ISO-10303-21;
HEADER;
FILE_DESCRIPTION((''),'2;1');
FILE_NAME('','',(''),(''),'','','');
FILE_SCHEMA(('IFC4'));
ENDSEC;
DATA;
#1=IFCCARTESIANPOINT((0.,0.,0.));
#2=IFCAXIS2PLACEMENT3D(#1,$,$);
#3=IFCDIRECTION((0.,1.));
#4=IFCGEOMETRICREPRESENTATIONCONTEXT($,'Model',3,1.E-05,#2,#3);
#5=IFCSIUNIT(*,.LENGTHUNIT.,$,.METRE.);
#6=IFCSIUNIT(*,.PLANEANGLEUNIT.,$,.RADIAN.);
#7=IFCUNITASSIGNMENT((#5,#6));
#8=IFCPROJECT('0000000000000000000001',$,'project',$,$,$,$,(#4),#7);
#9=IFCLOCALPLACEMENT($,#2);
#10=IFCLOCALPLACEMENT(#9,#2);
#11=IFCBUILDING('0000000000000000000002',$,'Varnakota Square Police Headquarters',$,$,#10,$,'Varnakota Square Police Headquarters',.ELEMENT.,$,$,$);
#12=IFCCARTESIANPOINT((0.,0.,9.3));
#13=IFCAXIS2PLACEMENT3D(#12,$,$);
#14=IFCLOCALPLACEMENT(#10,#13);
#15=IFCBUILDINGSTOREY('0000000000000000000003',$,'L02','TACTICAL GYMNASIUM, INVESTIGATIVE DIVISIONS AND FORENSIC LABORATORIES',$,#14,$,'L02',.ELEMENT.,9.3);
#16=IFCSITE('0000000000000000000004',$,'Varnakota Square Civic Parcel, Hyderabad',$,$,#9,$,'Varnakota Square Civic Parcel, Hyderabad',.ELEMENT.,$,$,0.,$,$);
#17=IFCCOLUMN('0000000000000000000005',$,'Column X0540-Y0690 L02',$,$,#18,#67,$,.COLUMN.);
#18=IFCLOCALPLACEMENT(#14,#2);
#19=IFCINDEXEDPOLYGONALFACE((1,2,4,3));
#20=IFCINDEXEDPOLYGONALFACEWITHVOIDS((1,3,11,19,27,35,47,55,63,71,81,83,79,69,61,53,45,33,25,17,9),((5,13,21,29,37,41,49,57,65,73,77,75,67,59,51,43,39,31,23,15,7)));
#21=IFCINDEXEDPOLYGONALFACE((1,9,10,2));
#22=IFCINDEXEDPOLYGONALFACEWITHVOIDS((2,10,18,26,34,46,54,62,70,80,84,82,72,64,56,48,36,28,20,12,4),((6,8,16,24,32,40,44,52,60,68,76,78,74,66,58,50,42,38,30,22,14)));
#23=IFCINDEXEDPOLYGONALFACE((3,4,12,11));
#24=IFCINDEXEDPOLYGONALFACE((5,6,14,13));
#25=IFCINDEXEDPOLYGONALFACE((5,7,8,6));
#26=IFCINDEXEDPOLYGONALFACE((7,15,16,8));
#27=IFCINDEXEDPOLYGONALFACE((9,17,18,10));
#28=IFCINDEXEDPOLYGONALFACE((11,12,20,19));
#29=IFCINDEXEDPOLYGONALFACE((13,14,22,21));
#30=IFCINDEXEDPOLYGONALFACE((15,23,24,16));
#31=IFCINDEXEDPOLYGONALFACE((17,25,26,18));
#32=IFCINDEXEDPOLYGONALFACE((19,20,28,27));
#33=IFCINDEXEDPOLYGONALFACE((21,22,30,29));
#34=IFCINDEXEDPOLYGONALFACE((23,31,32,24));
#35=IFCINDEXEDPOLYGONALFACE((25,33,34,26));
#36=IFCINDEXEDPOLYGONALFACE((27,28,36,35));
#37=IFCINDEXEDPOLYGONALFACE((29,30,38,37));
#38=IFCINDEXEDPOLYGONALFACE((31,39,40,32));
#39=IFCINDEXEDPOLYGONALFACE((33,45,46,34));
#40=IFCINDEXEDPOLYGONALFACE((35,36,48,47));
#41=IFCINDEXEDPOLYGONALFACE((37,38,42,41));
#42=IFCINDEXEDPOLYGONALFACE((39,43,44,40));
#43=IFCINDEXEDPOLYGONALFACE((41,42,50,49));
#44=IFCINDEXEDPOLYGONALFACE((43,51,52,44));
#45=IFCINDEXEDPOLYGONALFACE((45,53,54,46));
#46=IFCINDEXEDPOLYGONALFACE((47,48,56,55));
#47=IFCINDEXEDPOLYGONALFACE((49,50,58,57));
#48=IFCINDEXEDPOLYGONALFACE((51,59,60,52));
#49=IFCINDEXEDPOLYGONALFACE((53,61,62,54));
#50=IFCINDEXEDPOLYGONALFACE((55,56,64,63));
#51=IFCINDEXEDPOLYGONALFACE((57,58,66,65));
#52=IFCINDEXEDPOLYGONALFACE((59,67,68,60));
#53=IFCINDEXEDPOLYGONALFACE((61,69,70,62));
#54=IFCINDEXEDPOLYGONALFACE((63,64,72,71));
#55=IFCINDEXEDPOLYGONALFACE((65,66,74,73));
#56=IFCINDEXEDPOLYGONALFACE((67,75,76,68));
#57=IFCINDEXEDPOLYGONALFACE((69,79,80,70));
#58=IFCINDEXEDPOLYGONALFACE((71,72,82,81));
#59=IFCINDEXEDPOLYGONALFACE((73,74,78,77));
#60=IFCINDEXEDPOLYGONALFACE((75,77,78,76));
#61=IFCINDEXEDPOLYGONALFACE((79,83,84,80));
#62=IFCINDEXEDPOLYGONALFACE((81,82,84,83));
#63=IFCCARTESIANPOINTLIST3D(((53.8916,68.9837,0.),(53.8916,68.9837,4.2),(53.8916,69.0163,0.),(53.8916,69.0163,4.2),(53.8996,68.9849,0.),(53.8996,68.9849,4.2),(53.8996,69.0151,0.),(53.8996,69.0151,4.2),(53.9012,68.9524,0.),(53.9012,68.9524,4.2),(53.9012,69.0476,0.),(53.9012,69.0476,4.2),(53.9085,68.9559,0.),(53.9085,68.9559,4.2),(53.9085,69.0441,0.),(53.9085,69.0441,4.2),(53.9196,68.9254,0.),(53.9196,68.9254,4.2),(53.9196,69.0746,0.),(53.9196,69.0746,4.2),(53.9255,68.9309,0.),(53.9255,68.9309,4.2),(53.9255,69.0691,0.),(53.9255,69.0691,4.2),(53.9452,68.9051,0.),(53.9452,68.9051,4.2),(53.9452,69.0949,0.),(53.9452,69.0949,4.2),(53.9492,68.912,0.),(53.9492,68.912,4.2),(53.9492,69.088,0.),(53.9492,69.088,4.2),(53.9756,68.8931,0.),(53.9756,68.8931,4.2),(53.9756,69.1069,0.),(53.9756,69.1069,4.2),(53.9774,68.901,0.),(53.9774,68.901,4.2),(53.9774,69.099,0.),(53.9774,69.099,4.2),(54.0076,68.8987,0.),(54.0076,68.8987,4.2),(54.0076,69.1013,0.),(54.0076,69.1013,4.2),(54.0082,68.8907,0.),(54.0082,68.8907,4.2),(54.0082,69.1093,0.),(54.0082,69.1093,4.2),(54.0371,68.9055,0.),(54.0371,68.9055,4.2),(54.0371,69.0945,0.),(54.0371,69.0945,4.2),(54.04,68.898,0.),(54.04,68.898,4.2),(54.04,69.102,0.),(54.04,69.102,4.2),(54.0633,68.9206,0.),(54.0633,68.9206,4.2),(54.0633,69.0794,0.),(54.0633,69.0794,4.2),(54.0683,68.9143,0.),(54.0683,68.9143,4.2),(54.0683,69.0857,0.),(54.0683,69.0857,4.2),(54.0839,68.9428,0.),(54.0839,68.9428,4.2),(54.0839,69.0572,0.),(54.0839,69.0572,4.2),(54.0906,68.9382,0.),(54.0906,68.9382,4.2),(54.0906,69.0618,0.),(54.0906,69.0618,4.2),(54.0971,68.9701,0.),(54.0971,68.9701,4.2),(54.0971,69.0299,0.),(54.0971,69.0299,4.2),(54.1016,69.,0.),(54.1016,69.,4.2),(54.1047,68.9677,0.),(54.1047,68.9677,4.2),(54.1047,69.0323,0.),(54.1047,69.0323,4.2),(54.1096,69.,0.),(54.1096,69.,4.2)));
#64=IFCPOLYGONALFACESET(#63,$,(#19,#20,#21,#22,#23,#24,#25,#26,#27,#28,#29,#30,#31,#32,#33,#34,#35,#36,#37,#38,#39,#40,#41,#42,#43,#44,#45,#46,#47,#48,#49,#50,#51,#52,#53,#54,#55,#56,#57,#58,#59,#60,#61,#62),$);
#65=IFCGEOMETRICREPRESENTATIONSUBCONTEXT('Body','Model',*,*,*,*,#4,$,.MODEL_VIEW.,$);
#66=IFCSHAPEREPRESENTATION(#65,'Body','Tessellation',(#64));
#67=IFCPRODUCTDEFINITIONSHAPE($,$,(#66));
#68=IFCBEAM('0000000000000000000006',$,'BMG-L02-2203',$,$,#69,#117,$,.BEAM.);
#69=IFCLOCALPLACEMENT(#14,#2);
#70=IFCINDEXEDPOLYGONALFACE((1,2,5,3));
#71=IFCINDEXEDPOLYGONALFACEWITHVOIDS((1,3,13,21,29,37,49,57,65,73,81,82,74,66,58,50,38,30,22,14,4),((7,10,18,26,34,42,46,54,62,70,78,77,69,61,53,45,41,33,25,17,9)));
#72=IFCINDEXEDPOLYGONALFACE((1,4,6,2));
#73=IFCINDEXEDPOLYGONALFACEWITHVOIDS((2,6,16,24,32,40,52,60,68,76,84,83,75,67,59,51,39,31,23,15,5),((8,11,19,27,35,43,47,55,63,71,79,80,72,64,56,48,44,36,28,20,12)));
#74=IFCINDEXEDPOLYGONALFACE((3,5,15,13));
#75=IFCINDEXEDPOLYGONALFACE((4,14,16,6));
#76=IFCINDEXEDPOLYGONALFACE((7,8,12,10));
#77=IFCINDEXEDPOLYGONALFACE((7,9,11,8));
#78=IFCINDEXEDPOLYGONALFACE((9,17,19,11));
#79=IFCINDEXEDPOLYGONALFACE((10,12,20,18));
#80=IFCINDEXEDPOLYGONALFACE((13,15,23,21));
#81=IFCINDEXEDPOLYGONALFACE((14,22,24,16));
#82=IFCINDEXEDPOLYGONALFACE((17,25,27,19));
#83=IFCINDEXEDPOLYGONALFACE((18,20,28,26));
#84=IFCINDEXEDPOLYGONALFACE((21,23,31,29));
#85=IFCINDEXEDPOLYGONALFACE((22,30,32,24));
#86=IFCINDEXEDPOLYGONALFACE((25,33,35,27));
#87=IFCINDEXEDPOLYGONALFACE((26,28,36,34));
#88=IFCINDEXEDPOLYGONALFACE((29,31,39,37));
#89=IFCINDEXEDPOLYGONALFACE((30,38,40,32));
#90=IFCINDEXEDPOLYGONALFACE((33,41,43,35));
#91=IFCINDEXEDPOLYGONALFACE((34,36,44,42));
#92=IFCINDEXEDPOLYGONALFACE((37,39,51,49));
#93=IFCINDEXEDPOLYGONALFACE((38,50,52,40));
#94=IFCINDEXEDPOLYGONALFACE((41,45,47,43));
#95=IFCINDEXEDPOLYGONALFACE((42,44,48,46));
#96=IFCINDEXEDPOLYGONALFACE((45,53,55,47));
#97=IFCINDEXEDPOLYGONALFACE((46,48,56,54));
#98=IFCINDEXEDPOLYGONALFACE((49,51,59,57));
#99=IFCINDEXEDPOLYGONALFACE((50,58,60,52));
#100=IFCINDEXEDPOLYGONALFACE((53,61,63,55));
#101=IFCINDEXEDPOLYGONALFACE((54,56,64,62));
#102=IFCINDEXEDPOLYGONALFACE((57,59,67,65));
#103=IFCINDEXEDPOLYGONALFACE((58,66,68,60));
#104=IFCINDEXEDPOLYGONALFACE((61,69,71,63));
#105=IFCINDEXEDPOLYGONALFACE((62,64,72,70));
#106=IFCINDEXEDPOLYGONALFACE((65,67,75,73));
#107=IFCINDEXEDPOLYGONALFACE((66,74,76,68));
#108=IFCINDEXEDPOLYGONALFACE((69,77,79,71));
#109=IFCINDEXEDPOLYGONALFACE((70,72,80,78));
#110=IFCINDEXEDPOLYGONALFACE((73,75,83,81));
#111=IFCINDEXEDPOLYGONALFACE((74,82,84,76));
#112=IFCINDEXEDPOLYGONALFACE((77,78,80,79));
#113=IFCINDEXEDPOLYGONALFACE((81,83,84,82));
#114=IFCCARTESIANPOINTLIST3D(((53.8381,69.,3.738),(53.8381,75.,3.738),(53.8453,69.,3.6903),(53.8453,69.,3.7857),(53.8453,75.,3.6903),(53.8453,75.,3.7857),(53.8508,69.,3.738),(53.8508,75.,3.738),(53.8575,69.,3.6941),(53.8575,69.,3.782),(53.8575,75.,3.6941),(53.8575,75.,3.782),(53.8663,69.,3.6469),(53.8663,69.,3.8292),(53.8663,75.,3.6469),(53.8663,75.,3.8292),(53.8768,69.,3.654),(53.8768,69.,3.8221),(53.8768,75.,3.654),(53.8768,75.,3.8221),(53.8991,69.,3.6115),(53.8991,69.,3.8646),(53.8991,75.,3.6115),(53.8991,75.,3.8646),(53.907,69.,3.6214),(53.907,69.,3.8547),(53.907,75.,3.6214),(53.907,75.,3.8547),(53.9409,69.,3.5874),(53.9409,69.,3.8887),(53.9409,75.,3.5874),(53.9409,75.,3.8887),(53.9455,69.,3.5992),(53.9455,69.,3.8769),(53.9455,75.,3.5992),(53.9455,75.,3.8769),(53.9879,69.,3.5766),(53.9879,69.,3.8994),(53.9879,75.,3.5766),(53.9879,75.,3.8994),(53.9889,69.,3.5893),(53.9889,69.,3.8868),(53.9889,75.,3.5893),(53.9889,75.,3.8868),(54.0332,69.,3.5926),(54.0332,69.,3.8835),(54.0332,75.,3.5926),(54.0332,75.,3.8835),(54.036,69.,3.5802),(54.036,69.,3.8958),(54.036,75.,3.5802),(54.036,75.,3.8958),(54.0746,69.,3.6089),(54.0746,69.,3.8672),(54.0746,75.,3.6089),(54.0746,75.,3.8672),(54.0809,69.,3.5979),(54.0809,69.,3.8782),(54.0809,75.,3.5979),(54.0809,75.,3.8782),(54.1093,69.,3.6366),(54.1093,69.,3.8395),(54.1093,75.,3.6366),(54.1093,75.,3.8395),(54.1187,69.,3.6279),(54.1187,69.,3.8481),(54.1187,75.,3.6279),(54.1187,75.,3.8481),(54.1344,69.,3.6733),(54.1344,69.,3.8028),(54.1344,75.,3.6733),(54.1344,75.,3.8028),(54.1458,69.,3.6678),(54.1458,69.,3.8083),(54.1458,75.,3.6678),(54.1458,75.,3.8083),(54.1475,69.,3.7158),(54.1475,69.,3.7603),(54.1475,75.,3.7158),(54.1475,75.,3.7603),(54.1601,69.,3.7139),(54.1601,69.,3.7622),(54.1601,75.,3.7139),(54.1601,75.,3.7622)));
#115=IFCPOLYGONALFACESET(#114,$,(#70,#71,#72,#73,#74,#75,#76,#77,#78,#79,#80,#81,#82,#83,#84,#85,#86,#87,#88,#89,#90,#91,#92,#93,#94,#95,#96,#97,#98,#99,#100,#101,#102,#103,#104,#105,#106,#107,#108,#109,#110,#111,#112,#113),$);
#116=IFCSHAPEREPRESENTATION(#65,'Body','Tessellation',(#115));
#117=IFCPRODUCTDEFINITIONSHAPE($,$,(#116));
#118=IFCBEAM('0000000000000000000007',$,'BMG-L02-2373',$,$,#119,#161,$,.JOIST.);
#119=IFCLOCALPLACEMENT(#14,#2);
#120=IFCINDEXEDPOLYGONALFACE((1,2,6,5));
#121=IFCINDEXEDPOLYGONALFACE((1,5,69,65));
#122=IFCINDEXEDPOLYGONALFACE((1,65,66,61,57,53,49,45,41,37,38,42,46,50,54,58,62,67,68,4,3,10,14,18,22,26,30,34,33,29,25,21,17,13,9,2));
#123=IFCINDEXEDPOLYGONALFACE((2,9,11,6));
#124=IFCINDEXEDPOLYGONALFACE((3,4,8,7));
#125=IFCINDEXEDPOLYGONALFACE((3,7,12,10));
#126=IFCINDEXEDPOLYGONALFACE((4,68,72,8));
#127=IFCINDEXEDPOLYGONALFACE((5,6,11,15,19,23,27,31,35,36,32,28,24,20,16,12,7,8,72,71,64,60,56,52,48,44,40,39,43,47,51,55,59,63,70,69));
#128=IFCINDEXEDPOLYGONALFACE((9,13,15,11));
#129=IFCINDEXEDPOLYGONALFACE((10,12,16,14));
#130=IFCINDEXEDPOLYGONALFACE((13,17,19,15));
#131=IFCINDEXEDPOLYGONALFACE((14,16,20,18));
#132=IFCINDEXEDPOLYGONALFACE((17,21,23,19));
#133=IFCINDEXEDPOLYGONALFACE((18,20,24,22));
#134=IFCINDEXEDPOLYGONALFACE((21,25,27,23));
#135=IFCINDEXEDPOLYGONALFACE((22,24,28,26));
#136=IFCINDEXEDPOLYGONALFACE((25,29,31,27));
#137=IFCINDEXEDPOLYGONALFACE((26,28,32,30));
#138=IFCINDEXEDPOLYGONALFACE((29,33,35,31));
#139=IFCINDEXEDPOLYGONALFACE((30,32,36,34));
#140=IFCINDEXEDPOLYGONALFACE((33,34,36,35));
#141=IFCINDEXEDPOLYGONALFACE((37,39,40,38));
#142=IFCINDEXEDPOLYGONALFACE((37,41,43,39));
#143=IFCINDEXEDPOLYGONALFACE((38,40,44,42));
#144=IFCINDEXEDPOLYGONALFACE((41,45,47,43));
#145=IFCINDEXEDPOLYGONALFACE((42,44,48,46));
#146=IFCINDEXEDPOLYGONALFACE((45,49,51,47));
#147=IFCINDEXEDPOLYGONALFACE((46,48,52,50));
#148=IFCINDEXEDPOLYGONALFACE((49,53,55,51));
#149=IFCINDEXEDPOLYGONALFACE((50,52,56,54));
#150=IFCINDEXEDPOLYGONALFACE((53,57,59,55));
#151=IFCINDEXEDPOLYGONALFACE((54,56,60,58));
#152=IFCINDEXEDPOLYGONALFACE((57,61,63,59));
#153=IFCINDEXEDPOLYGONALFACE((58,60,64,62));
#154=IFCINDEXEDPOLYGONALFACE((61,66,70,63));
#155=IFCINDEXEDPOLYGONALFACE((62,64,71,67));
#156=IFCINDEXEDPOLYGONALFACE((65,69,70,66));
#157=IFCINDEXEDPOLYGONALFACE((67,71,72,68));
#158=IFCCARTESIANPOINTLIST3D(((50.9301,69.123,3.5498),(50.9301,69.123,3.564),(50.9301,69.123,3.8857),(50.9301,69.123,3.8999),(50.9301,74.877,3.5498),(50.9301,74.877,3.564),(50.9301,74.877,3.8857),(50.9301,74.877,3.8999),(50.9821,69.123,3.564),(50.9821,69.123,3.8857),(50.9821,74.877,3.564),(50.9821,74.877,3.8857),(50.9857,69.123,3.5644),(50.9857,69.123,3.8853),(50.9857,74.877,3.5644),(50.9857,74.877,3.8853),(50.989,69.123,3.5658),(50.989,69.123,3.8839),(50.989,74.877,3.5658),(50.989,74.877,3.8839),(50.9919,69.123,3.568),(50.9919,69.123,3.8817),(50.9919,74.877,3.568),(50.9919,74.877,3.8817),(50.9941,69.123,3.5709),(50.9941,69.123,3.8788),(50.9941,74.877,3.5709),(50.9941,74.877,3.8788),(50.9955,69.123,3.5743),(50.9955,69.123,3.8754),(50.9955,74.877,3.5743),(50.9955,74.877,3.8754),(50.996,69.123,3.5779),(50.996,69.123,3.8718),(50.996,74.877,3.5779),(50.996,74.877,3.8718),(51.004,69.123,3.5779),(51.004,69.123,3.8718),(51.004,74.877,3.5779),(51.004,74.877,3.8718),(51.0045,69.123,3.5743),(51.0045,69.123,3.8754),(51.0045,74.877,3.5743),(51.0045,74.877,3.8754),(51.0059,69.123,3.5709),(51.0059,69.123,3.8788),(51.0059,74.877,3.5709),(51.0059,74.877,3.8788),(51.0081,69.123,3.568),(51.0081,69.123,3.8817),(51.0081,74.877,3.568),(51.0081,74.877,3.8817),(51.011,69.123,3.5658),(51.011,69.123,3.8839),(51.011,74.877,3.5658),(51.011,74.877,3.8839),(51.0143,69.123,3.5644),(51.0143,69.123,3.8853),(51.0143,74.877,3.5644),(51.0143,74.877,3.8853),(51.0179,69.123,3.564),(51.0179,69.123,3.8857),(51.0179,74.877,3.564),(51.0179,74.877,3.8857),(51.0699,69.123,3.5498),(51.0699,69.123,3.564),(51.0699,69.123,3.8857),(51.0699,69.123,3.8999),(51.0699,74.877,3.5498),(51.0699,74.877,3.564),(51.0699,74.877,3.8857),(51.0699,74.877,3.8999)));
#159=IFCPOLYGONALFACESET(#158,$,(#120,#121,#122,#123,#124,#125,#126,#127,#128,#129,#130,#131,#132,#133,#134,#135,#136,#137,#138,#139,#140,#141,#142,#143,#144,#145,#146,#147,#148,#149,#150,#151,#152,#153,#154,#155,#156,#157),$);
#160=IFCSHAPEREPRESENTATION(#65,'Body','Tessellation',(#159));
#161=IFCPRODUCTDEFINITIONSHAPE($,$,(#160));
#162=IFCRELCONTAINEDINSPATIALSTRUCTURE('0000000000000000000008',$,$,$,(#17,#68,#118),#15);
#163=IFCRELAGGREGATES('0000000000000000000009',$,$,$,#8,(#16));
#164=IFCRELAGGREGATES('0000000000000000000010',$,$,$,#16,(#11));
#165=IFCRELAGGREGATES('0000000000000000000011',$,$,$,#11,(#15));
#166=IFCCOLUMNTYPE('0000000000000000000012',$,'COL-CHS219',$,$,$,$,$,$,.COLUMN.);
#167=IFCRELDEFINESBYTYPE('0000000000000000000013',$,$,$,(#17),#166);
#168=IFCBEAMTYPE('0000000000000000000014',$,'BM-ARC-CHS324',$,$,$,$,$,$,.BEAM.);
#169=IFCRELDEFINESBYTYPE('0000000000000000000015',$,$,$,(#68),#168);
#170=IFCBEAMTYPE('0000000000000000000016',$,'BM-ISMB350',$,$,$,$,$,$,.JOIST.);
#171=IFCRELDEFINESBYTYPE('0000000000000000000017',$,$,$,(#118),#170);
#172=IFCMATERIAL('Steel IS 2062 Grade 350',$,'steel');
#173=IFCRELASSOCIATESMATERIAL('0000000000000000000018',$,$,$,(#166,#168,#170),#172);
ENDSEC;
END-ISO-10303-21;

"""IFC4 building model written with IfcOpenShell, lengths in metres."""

from ifc_helpers import new_model, si_unit, direction, frame, origin, origin_2d, place, context, subcontext, project, spatial, hollow_circle, i_section, extrude, material, material_profile, profile_set, type_object, element, save


model = new_model("IFC4")

# Units and contexts
model_context = context("Model", 3, precision=1e-05, world=origin(), true_north=direction((0.0, 1.0)))
body_context = subcontext(model_context, "Body", "Model", "MODEL_VIEW")
ifc_project = project(units=[si_unit("LENGTHUNIT", "METRE"), si_unit("PLANEANGLEUNIT", "RADIAN")], contexts=[model_context])

# Site, building, storey
site_placement = place(None, origin())
site = spatial("IfcSite", under=ifc_project, at=site_placement, Name="Varnakota Square Civic Parcel, Hyderabad", LongName="Varnakota Square Civic Parcel, Hyderabad", CompositionType="ELEMENT", RefElevation=0.0)
building_placement = place(site_placement, origin())
building = spatial("IfcBuilding", under=site, at=building_placement, Name="Varnakota Square Police Headquarters", LongName="Varnakota Square Police Headquarters", CompositionType="ELEMENT")
storey_placement = place(building_placement, frame((0.0, 0.0, 9.3)))
storey = spatial("IfcBuildingStorey", under=building, at=storey_placement, Name="L02", Description="TACTICAL GYMNASIUM, INVESTIGATIVE DIVISIONS AND FORENSIC LABORATORIES", LongName="L02", CompositionType="ELEMENT", Elevation=9.3)

# Column
ifc_material_1 = material(Name="Steel IS 2062 Grade 350", Category="steel")
ifc_material_profile_1 = material_profile(ifc_material_1, hollow_circle(Radius=0.1096, WallThickness=0.0081, at=origin_2d()), Name="CHS 219.1x8.0")
ifc_profile_set_1 = profile_set([ifc_material_profile_1], Name="Steel IS 2062 Grade 350")
column_type = type_object("IfcColumnType", Name="COL-CHS219", PredefinedType="COLUMN", material=ifc_profile_set_1)
column_placement = place(storey_placement, frame((54.0, 69.0, 0.0), z_axis=(0.0, 0.0, 1.0), x_axis=(1.0, 0.0, 0.0)))
element("IfcColumn", 1, at=column_placement, inside=storey, type_object=column_type, Name="Column X0540-Y0690 L02", PredefinedType="COLUMN", context=body_context, shape_type="SweptSolid", body=[
    extrude(hollow_circle(Radius=0.1096, WallThickness=0.0081, at=origin_2d()), origin(), (0.0, 0.0, 1.0), 4.2),
])

# Beams
ifc_material_profile_2 = material_profile(ifc_material_1, hollow_circle(Radius=0.1619, WallThickness=0.0127, at=origin_2d()), Name="CHS 323.9x12.7")
ifc_profile_set_2 = profile_set([ifc_material_profile_2], Name="Steel IS 2062 Grade 350")
beam_type_1 = type_object("IfcBeamType", Name="BM-ARC-CHS324", PredefinedType="BEAM", material=ifc_profile_set_2)
beam_1_placement = place(storey_placement, frame((54.0, 69.0, 3.738), z_axis=(0.0, 1.0, 0.0), x_axis=(-1.0, 0.0, 0.0)))
element("IfcBeam", 2, at=beam_1_placement, inside=storey, type_object=beam_type_1, Name="BMG-L02-2203", PredefinedType="BEAM", context=body_context, shape_type="SweptSolid", body=[
    extrude(hollow_circle(Radius=0.1619, WallThickness=0.0127, at=origin_2d()), origin(), (0.0, 0.0, 1.0), 6.0),
])
ifc_material_profile_3 = material_profile(ifc_material_1, i_section(OverallWidth=0.1399, OverallDepth=0.3501, WebThickness=0.0081, FlangeThickness=0.0142, FilletRadius=0.0139, at=origin_2d()), Name="ISMB 350")
ifc_profile_set_3 = profile_set([ifc_material_profile_3], Name="Steel IS 2062 Grade 350")
beam_type_2 = type_object("IfcBeamType", Name="BM-ISMB350", PredefinedType="JOIST", material=ifc_profile_set_3)
beam_2_placement = place(storey_placement, frame((51.0, 69.123, 3.7249), z_axis=(0.0, 1.0, 0.0), x_axis=(-1.0, 0.0, 0.0)))
element("IfcBeam", 3, at=beam_2_placement, inside=storey, type_object=beam_type_2, Name="BMG-L02-2373", PredefinedType="JOIST", context=body_context, shape_type="SweptSolid", body=[
    extrude(i_section(OverallWidth=0.1399, OverallDepth=0.3501, WebThickness=0.0081, FlangeThickness=0.0142, FilletRadius=0.0139, at=origin_2d()), origin(), (0.0, 0.0, 1.0), 5.7539),
])

save(model, "model.ifc")
